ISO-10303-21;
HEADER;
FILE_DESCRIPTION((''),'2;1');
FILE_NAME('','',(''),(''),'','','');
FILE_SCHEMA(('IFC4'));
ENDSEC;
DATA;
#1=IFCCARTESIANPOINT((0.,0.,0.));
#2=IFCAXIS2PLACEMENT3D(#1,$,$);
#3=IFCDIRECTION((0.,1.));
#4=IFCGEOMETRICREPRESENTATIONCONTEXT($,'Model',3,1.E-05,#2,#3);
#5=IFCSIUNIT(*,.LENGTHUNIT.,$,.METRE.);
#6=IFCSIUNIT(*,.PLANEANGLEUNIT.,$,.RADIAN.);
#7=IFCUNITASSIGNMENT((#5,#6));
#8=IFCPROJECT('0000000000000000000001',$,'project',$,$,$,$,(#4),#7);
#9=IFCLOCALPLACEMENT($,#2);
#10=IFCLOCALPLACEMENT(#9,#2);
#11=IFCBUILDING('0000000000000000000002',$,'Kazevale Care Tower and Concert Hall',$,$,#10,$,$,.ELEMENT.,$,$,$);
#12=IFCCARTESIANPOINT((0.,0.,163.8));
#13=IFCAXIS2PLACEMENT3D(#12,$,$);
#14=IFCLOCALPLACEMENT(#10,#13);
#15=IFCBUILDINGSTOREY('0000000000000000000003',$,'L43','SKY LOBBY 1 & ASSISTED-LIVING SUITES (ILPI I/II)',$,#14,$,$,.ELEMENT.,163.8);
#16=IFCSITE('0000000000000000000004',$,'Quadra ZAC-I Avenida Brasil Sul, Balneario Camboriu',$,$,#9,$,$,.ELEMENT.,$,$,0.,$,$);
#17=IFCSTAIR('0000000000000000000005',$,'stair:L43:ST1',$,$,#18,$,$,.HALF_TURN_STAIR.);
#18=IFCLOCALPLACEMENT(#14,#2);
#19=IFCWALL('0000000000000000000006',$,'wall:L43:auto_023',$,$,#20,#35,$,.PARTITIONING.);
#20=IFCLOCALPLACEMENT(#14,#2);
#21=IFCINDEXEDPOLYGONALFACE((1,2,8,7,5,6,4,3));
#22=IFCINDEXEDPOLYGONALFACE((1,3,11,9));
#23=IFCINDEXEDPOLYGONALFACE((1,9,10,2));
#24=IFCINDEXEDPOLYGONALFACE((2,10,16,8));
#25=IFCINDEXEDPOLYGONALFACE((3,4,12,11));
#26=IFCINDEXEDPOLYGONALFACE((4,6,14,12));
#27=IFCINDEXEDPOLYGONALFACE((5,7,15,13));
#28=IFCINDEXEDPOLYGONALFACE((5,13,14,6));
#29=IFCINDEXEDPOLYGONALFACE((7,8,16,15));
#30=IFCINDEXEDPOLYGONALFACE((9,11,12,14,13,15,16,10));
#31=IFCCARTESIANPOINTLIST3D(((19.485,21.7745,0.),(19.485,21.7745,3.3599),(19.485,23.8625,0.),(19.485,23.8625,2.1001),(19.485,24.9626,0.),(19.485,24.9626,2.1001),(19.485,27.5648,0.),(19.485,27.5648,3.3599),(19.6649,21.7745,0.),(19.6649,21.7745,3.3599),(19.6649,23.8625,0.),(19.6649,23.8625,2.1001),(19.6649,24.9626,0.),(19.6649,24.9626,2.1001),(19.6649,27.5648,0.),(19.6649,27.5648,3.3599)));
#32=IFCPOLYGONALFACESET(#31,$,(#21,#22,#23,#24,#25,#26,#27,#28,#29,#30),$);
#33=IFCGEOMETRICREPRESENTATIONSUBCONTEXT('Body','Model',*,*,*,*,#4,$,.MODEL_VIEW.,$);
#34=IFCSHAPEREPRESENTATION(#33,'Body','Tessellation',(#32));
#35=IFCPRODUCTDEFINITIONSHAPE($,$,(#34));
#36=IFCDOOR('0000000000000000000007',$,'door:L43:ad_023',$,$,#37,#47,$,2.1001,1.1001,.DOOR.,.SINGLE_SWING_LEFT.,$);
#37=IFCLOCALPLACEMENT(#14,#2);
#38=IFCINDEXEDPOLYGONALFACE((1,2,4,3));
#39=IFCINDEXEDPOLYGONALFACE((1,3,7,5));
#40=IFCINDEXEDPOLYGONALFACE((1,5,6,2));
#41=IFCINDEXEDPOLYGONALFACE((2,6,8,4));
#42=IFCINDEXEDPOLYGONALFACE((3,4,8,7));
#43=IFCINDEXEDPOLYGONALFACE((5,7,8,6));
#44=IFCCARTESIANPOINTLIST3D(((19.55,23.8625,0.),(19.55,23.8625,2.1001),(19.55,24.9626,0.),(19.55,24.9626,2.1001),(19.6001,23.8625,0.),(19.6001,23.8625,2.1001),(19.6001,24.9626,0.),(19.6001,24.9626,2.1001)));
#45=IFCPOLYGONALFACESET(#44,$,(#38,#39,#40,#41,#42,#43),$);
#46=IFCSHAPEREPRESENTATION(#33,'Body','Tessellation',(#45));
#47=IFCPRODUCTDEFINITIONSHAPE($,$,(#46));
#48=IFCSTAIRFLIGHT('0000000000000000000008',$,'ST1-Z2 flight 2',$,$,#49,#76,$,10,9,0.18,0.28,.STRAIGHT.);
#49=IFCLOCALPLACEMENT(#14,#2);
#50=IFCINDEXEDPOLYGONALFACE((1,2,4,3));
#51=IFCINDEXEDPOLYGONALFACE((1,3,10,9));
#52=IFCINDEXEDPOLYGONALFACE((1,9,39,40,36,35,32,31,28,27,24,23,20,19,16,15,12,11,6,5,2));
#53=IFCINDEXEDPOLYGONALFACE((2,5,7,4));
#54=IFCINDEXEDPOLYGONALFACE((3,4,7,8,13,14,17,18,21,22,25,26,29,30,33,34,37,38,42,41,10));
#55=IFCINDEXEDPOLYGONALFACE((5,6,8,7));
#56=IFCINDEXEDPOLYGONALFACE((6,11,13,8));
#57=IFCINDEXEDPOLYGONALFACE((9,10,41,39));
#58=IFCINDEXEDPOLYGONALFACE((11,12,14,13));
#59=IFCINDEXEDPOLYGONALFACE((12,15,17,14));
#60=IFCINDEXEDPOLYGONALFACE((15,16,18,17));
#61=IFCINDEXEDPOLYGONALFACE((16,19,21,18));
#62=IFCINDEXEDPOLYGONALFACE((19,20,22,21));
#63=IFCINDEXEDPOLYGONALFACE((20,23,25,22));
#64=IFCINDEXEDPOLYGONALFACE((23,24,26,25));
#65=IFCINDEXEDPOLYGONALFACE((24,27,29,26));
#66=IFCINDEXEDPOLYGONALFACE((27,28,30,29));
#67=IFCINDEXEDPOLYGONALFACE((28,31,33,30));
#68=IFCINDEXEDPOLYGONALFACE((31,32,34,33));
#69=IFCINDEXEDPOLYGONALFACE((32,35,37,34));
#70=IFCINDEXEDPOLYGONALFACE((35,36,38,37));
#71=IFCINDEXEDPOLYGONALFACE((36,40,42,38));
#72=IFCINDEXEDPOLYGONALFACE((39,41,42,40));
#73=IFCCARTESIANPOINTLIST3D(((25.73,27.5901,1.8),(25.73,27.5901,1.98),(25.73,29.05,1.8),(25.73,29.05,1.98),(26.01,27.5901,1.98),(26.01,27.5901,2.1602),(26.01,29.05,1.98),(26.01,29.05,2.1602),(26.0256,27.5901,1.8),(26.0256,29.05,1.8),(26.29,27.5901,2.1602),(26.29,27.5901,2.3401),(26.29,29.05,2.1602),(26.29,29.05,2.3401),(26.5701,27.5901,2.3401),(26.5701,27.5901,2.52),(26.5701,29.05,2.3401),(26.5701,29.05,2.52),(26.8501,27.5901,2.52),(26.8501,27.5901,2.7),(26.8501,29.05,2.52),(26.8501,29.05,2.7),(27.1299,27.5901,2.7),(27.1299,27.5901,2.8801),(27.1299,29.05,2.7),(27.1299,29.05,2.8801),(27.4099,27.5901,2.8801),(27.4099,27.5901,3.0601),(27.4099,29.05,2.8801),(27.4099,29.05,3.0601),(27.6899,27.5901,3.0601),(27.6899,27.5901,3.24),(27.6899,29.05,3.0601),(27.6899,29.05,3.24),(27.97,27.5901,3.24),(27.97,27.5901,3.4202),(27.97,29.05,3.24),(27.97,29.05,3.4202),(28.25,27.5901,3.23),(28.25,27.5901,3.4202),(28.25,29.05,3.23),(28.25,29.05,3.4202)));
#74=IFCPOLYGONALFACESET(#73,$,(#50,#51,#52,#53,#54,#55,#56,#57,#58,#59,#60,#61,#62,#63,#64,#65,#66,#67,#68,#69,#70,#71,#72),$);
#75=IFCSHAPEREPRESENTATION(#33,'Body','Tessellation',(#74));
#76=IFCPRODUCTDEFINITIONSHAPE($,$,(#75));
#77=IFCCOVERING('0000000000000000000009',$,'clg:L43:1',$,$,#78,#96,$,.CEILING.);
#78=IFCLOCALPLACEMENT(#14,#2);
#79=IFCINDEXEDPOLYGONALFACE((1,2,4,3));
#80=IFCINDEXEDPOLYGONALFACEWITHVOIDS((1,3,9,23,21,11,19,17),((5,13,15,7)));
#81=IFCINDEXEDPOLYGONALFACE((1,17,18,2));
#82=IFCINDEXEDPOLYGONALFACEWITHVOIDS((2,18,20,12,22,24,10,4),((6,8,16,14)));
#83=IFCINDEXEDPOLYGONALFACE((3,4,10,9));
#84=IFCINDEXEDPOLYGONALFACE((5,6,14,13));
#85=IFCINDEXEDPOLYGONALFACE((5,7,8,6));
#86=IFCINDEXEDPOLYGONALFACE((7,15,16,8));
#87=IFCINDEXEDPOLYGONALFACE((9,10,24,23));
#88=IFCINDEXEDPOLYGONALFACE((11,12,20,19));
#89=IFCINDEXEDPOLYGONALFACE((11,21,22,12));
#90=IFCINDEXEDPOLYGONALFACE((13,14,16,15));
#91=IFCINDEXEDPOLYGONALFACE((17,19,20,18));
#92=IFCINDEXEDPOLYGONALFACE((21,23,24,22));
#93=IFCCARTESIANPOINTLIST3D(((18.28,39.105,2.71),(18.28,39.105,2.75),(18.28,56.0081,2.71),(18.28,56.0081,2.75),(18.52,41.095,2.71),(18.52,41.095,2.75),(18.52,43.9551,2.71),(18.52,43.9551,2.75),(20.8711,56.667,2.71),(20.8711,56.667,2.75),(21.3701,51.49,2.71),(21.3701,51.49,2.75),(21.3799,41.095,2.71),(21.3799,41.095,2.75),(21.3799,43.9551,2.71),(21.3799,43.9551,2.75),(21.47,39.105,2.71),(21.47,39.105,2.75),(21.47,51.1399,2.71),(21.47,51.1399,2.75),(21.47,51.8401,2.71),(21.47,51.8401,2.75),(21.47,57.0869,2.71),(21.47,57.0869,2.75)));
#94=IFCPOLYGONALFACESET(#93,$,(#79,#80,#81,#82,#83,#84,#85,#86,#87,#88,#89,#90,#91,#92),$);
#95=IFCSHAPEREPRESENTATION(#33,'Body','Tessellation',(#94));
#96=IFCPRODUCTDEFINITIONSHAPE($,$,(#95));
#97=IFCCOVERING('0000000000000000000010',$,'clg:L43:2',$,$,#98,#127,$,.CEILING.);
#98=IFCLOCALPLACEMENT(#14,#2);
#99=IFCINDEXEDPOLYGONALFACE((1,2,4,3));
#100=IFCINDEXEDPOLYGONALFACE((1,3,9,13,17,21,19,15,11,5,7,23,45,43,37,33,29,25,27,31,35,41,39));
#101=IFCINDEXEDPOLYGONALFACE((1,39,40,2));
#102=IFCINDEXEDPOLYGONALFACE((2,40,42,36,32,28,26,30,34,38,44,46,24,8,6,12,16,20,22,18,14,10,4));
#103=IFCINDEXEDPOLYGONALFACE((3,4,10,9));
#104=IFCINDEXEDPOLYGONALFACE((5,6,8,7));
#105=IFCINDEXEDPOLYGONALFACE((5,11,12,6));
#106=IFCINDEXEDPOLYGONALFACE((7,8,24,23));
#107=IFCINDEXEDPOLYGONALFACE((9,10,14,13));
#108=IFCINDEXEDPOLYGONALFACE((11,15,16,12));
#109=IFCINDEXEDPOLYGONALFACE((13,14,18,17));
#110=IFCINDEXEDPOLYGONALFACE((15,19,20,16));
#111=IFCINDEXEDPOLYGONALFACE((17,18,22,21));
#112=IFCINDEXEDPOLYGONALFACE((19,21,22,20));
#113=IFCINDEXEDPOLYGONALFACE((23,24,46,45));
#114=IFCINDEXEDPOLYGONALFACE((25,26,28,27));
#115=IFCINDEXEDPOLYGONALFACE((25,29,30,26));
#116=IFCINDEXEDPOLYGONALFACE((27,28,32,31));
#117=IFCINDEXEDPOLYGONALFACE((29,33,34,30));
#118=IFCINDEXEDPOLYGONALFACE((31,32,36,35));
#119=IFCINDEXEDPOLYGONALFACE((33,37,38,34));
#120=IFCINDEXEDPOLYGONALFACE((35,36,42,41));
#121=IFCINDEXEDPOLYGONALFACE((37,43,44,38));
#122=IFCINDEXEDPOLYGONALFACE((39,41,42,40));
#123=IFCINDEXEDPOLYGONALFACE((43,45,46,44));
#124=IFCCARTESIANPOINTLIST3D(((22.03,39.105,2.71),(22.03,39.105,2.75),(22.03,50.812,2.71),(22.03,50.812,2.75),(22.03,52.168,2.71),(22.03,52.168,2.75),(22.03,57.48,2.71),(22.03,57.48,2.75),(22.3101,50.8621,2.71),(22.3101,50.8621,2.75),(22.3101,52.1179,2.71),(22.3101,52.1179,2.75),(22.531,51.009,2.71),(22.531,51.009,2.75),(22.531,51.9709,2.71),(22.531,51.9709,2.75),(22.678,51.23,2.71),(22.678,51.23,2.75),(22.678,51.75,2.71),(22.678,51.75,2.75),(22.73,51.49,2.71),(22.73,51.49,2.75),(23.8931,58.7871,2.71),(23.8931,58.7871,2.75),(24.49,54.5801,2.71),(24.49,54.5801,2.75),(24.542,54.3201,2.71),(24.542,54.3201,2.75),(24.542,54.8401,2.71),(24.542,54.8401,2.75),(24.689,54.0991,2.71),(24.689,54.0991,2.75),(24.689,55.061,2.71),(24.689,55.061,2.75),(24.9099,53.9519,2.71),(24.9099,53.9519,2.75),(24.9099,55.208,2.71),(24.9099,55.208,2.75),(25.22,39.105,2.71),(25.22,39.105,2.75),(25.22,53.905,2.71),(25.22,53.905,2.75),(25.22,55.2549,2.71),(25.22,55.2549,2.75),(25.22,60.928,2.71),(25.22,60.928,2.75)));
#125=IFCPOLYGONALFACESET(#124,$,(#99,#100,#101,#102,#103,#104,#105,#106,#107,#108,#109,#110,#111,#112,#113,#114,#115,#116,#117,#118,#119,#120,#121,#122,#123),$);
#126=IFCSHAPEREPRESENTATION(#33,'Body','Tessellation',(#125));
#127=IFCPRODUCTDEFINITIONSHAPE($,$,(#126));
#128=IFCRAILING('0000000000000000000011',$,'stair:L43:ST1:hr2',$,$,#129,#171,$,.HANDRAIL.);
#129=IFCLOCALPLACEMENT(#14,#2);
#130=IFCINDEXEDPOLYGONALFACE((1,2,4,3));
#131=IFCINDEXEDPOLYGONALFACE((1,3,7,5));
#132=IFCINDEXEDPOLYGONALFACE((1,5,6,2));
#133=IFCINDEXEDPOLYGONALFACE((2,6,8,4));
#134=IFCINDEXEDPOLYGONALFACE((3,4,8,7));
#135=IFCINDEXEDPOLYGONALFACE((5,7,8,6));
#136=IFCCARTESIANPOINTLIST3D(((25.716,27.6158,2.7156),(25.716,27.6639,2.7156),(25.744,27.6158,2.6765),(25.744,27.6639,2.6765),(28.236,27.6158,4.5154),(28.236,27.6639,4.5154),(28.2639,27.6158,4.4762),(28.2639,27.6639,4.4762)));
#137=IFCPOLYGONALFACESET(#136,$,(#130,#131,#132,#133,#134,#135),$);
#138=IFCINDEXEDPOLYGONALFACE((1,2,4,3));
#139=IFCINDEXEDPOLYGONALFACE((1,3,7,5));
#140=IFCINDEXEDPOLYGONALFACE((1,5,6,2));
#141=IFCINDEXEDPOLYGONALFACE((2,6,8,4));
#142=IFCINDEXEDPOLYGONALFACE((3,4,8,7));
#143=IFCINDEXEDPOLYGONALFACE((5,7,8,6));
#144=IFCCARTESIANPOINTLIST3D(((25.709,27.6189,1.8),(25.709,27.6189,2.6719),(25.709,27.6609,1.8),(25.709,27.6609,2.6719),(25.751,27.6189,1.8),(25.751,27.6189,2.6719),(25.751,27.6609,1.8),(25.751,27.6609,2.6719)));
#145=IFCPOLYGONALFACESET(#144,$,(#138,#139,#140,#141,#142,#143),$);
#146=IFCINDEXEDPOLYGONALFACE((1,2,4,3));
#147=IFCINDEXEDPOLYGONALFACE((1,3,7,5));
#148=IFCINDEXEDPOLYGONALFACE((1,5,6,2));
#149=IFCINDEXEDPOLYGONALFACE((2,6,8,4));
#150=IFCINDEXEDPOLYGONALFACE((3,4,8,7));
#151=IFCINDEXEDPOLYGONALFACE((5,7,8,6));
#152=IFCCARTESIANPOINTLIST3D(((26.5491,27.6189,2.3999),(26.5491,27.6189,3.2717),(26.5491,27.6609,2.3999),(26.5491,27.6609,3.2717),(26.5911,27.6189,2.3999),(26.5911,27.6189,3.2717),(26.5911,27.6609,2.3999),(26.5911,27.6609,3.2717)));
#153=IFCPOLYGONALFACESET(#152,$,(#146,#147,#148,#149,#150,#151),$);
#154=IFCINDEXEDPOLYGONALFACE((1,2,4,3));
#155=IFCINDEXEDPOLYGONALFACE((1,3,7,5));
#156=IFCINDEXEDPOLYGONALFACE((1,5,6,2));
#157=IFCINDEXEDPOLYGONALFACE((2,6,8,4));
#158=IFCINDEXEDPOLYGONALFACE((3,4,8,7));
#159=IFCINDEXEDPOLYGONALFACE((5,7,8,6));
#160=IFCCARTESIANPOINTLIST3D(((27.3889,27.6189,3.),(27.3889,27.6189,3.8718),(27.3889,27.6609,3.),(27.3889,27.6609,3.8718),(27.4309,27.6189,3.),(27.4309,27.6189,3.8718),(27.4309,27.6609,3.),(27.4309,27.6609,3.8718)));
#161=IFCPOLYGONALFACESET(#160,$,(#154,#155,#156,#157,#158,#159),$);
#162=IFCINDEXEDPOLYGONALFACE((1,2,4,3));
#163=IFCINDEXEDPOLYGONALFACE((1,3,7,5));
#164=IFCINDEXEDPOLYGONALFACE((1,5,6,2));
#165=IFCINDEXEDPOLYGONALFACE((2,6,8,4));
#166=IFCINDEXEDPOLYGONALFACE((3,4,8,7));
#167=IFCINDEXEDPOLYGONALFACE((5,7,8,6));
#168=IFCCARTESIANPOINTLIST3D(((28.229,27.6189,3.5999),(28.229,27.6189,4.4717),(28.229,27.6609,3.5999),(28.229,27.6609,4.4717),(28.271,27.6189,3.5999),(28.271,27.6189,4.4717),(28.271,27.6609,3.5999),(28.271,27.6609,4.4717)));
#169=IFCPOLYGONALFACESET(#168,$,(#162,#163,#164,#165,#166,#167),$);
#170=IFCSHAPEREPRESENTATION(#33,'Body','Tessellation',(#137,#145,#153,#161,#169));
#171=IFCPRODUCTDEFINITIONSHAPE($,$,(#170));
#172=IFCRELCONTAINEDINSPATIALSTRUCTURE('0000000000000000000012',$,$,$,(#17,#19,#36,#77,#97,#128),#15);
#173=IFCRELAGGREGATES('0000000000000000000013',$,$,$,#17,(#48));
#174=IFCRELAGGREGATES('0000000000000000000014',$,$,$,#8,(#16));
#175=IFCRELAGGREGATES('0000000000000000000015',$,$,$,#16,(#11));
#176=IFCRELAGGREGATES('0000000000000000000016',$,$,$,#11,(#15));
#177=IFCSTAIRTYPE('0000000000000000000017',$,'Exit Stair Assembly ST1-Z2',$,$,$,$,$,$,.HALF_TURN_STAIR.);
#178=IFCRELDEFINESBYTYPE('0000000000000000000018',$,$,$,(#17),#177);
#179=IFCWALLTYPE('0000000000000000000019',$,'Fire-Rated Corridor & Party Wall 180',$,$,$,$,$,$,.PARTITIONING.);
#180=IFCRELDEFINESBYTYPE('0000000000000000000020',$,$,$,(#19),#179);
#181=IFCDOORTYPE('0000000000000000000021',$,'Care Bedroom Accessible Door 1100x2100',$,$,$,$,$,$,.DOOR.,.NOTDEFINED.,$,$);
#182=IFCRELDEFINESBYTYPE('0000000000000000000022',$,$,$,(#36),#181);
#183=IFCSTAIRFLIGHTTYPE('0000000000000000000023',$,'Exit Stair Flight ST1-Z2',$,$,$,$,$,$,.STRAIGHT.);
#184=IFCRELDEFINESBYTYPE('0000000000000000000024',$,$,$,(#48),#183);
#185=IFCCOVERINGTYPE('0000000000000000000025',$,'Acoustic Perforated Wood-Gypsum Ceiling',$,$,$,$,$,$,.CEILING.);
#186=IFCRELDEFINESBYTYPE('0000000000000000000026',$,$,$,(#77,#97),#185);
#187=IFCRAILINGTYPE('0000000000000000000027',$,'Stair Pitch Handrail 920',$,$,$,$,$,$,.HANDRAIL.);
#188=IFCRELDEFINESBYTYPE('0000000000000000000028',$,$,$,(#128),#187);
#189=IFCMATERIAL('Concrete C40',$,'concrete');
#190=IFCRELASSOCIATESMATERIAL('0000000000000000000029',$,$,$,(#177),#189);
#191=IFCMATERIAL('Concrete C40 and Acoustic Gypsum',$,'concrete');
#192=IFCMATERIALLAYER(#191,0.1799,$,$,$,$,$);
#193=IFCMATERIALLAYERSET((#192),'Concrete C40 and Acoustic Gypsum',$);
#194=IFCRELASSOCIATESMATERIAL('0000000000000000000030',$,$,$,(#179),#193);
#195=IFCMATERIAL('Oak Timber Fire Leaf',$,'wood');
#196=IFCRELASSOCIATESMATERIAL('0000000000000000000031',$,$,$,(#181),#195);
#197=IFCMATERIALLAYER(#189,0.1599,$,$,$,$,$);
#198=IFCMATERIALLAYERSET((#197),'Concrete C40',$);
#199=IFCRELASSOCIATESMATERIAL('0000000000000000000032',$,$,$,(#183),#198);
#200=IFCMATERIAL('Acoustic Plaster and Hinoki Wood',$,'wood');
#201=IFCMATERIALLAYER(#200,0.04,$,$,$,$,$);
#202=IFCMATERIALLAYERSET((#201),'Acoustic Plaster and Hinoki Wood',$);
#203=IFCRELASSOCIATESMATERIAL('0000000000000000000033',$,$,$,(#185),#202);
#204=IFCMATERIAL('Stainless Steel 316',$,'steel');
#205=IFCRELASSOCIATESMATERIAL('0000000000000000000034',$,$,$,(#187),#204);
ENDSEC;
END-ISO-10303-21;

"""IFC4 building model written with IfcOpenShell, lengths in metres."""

from ifc_helpers import new_model, si_unit, direction, frame, frame_2d, origin, origin_2d, place, context, subcontext, project, spatial, polyline, rectangle, outline, extrude, material, layer, layer_set, type_object, element, fill, aggregate, save


model = new_model("IFC4")

# Units and contexts
model_context = context("Model", 3, precision=1e-05, world=origin(), true_north=direction((0.0, 1.0)))
body_context = subcontext(model_context, "Body", "Model", "MODEL_VIEW")
ifc_project = project(units=[si_unit("LENGTHUNIT", "METRE"), si_unit("PLANEANGLEUNIT", "RADIAN")], contexts=[model_context])

# Site, building, storey
site_placement = place(None, origin())
site = spatial("IfcSite", under=ifc_project, at=site_placement, Name="Quadra ZAC-I Avenida Brasil Sul, Balneario Camboriu", CompositionType="ELEMENT", RefElevation=0.0)
building_placement = place(site_placement, origin())
building = spatial("IfcBuilding", under=site, at=building_placement, Name="Kazevale Care Tower and Concert Hall", CompositionType="ELEMENT")
storey_placement = place(building_placement, frame((0.0, 0.0, 163.8)))
storey = spatial("IfcBuildingStorey", under=building, at=storey_placement, Name="L43", Description="SKY LOBBY 1 & ASSISTED-LIVING SUITES (ILPI I/II)", CompositionType="ELEMENT", Elevation=163.8)

# Shared definitions
ifc_material_1 = material(Name="Concrete C40", Category="concrete")

# Stair
stair_type = type_object("IfcStairType", Name="Exit Stair Assembly ST1-Z2", PredefinedType="HALF_TURN_STAIR", material=ifc_material_1)
stair_1_placement = place(storey_placement, origin())
stair_1 = element("IfcStair", 1, at=stair_1_placement, inside=storey, type_object=stair_type, Name="stair:L43:ST1", PredefinedType="HALF_TURN_STAIR")

# Wall, opening, door
ifc_material_2 = material(Name="Concrete C40 and Acoustic Gypsum", Category="concrete")
ifc_layer_1 = layer(ifc_material_2, 0.1799)
ifc_layer_set_1 = layer_set([ifc_layer_1], Name="Concrete C40 and Acoustic Gypsum")
wall_type_1 = type_object("IfcWallType", Name="Fire-Rated Corridor & Party Wall 180", PredefinedType="PARTITIONING", material=ifc_layer_set_1)
wall_1_placement = place(storey_placement, frame((19.575, 21.7747, 0.0), z_axis=(0.0, 0.0, 1.0), x_axis=(0.0, 1.0, 0.0)))
wall_1 = element("IfcWall", 2, at=wall_1_placement, inside=storey, type_object=wall_type_1, Name="wall:L43:auto_023", PredefinedType="PARTITIONING", context=body_context, shape_type="SweptSolid", body=[
    extrude(rectangle(XDim=5.7903, YDim=0.1799, at=frame_2d((2.895, 0.0))), origin(), (0.0, 0.0, 1.0), 3.3599),
])
opening_1_placement = place(wall_1_placement, frame((2.0879, 0.0, 0.0)))
opening_1 = element("IfcOpeningElement", 3, at=opening_1_placement, cuts=wall_1, PredefinedType="OPENING", context=body_context, shape_type="SweptSolid", body=[
    extrude(rectangle(XDim=1.1001, YDim=2.1001, at=frame_2d((0.55, 1.05))), frame((0.0, 0.0999, 0.0), z_axis=(0.0, -1.0, 0.0), x_axis=(1.0, 0.0, 0.0)), (0.0, 0.0, 1.0), 0.2),
])
ifc_material_3 = material(Name="Oak Timber Fire Leaf", Category="wood")
door_type_1 = type_object("IfcDoorType", Name="Care Bedroom Accessible Door 1100x2100", OperationType="NOTDEFINED", PredefinedType="DOOR", material=ifc_material_3)
door_1_placement = place(opening_1_placement, origin())
door_1 = element("IfcDoor", 4, at=door_1_placement, inside=storey, type_object=door_type_1, Name="door:L43:ad_023", OperationType="SINGLE_SWING_LEFT", OverallHeight=2.1001, OverallWidth=1.1001, PredefinedType="DOOR", context=body_context, shape_type="SweptSolid", body=[
    extrude(rectangle(XDim=1.1001, YDim=2.1001, at=frame_2d((0.55, 1.05))), frame((0.0, 0.0249, 0.0), z_axis=(0.0, -1.0, 0.0), x_axis=(1.0, 0.0, 0.0)), (0.0, 0.0, 1.0), 0.05),
])
fill(opening_1, door_1)

# Stair flight
ifc_layer_2 = layer(ifc_material_1, 0.1599)
ifc_layer_set_2 = layer_set([ifc_layer_2], Name="Concrete C40")
stair_flight_type = type_object("IfcStairFlightType", Name="Exit Stair Flight ST1-Z2", PredefinedType="STRAIGHT", material=ifc_layer_set_2)
stair_flight_placement = place(storey_placement, frame((25.73, 28.3201, 1.8), z_axis=(0.0, 0.0, 1.0), x_axis=(1.0, 0.0, 0.0)))
stair_flight = element("IfcStairFlight", 5, at=stair_flight_placement, type_object=stair_flight_type, Name="ST1-Z2 flight 2", NumberOfRisers=10, NumberOfTreads=9, PredefinedType="STRAIGHT", RiserHeight=0.18, TreadLength=0.28, context=body_context, shape_type="SweptSolid", body=[
    extrude(outline(polyline([(0.0, 0.0), (0.0, 0.1799), (0.28, 0.1799), (0.28, 0.3601), (0.5601, 0.3601), (0.5601, 0.54), (0.8401, 0.54), (0.8401, 0.72), (1.1201, 0.72), (1.1201, 0.8999), (1.3999, 0.8999), (1.3999, 1.0801), (1.6799, 1.0801), (1.6799, 1.26), (1.96, 1.26), (1.96, 1.4399), (2.24, 1.4399), (2.24, 1.6201), (2.52, 1.6201), (2.52, 1.8), (2.52, 1.4299), (0.2957, 0.0), (0.0, 0.0)])), frame((0.0, 0.73, 0.0), z_axis=(0.0, -1.0, 0.0), x_axis=(1.0, 0.0, 0.0)), (0.0, 0.0, 1.0), 1.46),
])
aggregate(stair_1, [stair_flight])

# Coverings
ifc_material_4 = material(Name="Acoustic Plaster and Hinoki Wood", Category="wood")
ifc_layer_3 = layer(ifc_material_4, 0.04)
ifc_layer_set_3 = layer_set([ifc_layer_3], Name="Acoustic Plaster and Hinoki Wood")
covering_type = type_object("IfcCoveringType", Name="Acoustic Perforated Wood-Gypsum Ceiling", PredefinedType="CEILING", material=ifc_layer_set_3)
covering_1_placement = place(storey_placement, frame((0.0, 0.0, 2.71)))
element("IfcCovering", 6, at=covering_1_placement, inside=storey, type_object=covering_type, Name="clg:L43:1", PredefinedType="CEILING", context=body_context, shape_type="SweptSolid", body=[
    extrude(outline(polyline([(21.47, 51.8401), (21.3701, 51.49), (21.47, 51.1399), (21.47, 39.105), (18.28, 39.105), (18.28, 56.0081), (20.8711, 56.667), (21.47, 57.0869), (21.47, 51.8401)]), holes=[polyline([(18.52, 41.095), (21.3799, 41.095), (21.3799, 43.9551), (18.52, 43.9551), (18.52, 41.095)])]), origin(), (0.0, 0.0, 1.0), 0.04),
])
covering_2_placement = place(storey_placement, frame((0.0, 0.0, 2.71)))
element("IfcCovering", 7, at=covering_2_placement, inside=storey, type_object=covering_type, Name="clg:L43:2", PredefinedType="CEILING", context=body_context, shape_type="SweptSolid", body=[
    extrude(outline(polyline([(22.03, 50.812), (22.3101, 50.8621), (22.531, 51.009), (22.678, 51.23), (22.73, 51.49), (22.678, 51.75), (22.531, 51.9709), (22.3101, 52.1179), (22.03, 52.168), (22.03, 57.48), (23.8931, 58.7871), (25.22, 60.928), (25.22, 55.2549), (24.9099, 55.208), (24.689, 55.061), (24.542, 54.8401), (24.49, 54.5801), (24.542, 54.3201), (24.689, 54.0991), (24.9099, 53.9519), (25.22, 53.905), (25.22, 39.105), (22.03, 39.105), (22.03, 50.812)])), origin(), (0.0, 0.0, 1.0), 0.04),
])

# Railing
ifc_material_5 = material(Name="Stainless Steel 316", Category="steel")
railing_type_1 = type_object("IfcRailingType", Name="Stair Pitch Handrail 920", PredefinedType="HANDRAIL", material=ifc_material_5)
railing_1_placement = place(storey_placement, frame((25.73, 27.6399, 1.8)))
element("IfcRailing", 8, at=railing_1_placement, inside=storey, type_object=railing_type_1, Name="stair:L43:ST1:hr2", PredefinedType="HANDRAIL", context=body_context, shape_type="SweptSolid", body=[
    extrude(rectangle(XDim=0.0481, YDim=0.0481, at=origin_2d()), frame((0.0, 0.0, 0.896), z_axis=(0.813765, 0.0, 0.581193), x_axis=(0.0, 1.0, 0.0)), (0.0, 0.0, 1.0), 3.0967),
    extrude(rectangle(XDim=0.042, YDim=0.042, at=origin_2d()), origin(), (0.0, 0.0, 1.0), 0.8718),
    extrude(rectangle(XDim=0.042, YDim=0.042, at=origin_2d()), frame((0.8401, 0.0, 0.5999)), (0.0, 0.0, 1.0), 0.8718),
    extrude(rectangle(XDim=0.042, YDim=0.042, at=origin_2d()), frame((1.6799, 0.0, 1.2)), (0.0, 0.0, 1.0), 0.8718),
    extrude(rectangle(XDim=0.042, YDim=0.042, at=origin_2d()), frame((2.52, 0.0, 1.7998)), (0.0, 0.0, 1.0), 0.8718),
])

save(model, "model.ifc")
